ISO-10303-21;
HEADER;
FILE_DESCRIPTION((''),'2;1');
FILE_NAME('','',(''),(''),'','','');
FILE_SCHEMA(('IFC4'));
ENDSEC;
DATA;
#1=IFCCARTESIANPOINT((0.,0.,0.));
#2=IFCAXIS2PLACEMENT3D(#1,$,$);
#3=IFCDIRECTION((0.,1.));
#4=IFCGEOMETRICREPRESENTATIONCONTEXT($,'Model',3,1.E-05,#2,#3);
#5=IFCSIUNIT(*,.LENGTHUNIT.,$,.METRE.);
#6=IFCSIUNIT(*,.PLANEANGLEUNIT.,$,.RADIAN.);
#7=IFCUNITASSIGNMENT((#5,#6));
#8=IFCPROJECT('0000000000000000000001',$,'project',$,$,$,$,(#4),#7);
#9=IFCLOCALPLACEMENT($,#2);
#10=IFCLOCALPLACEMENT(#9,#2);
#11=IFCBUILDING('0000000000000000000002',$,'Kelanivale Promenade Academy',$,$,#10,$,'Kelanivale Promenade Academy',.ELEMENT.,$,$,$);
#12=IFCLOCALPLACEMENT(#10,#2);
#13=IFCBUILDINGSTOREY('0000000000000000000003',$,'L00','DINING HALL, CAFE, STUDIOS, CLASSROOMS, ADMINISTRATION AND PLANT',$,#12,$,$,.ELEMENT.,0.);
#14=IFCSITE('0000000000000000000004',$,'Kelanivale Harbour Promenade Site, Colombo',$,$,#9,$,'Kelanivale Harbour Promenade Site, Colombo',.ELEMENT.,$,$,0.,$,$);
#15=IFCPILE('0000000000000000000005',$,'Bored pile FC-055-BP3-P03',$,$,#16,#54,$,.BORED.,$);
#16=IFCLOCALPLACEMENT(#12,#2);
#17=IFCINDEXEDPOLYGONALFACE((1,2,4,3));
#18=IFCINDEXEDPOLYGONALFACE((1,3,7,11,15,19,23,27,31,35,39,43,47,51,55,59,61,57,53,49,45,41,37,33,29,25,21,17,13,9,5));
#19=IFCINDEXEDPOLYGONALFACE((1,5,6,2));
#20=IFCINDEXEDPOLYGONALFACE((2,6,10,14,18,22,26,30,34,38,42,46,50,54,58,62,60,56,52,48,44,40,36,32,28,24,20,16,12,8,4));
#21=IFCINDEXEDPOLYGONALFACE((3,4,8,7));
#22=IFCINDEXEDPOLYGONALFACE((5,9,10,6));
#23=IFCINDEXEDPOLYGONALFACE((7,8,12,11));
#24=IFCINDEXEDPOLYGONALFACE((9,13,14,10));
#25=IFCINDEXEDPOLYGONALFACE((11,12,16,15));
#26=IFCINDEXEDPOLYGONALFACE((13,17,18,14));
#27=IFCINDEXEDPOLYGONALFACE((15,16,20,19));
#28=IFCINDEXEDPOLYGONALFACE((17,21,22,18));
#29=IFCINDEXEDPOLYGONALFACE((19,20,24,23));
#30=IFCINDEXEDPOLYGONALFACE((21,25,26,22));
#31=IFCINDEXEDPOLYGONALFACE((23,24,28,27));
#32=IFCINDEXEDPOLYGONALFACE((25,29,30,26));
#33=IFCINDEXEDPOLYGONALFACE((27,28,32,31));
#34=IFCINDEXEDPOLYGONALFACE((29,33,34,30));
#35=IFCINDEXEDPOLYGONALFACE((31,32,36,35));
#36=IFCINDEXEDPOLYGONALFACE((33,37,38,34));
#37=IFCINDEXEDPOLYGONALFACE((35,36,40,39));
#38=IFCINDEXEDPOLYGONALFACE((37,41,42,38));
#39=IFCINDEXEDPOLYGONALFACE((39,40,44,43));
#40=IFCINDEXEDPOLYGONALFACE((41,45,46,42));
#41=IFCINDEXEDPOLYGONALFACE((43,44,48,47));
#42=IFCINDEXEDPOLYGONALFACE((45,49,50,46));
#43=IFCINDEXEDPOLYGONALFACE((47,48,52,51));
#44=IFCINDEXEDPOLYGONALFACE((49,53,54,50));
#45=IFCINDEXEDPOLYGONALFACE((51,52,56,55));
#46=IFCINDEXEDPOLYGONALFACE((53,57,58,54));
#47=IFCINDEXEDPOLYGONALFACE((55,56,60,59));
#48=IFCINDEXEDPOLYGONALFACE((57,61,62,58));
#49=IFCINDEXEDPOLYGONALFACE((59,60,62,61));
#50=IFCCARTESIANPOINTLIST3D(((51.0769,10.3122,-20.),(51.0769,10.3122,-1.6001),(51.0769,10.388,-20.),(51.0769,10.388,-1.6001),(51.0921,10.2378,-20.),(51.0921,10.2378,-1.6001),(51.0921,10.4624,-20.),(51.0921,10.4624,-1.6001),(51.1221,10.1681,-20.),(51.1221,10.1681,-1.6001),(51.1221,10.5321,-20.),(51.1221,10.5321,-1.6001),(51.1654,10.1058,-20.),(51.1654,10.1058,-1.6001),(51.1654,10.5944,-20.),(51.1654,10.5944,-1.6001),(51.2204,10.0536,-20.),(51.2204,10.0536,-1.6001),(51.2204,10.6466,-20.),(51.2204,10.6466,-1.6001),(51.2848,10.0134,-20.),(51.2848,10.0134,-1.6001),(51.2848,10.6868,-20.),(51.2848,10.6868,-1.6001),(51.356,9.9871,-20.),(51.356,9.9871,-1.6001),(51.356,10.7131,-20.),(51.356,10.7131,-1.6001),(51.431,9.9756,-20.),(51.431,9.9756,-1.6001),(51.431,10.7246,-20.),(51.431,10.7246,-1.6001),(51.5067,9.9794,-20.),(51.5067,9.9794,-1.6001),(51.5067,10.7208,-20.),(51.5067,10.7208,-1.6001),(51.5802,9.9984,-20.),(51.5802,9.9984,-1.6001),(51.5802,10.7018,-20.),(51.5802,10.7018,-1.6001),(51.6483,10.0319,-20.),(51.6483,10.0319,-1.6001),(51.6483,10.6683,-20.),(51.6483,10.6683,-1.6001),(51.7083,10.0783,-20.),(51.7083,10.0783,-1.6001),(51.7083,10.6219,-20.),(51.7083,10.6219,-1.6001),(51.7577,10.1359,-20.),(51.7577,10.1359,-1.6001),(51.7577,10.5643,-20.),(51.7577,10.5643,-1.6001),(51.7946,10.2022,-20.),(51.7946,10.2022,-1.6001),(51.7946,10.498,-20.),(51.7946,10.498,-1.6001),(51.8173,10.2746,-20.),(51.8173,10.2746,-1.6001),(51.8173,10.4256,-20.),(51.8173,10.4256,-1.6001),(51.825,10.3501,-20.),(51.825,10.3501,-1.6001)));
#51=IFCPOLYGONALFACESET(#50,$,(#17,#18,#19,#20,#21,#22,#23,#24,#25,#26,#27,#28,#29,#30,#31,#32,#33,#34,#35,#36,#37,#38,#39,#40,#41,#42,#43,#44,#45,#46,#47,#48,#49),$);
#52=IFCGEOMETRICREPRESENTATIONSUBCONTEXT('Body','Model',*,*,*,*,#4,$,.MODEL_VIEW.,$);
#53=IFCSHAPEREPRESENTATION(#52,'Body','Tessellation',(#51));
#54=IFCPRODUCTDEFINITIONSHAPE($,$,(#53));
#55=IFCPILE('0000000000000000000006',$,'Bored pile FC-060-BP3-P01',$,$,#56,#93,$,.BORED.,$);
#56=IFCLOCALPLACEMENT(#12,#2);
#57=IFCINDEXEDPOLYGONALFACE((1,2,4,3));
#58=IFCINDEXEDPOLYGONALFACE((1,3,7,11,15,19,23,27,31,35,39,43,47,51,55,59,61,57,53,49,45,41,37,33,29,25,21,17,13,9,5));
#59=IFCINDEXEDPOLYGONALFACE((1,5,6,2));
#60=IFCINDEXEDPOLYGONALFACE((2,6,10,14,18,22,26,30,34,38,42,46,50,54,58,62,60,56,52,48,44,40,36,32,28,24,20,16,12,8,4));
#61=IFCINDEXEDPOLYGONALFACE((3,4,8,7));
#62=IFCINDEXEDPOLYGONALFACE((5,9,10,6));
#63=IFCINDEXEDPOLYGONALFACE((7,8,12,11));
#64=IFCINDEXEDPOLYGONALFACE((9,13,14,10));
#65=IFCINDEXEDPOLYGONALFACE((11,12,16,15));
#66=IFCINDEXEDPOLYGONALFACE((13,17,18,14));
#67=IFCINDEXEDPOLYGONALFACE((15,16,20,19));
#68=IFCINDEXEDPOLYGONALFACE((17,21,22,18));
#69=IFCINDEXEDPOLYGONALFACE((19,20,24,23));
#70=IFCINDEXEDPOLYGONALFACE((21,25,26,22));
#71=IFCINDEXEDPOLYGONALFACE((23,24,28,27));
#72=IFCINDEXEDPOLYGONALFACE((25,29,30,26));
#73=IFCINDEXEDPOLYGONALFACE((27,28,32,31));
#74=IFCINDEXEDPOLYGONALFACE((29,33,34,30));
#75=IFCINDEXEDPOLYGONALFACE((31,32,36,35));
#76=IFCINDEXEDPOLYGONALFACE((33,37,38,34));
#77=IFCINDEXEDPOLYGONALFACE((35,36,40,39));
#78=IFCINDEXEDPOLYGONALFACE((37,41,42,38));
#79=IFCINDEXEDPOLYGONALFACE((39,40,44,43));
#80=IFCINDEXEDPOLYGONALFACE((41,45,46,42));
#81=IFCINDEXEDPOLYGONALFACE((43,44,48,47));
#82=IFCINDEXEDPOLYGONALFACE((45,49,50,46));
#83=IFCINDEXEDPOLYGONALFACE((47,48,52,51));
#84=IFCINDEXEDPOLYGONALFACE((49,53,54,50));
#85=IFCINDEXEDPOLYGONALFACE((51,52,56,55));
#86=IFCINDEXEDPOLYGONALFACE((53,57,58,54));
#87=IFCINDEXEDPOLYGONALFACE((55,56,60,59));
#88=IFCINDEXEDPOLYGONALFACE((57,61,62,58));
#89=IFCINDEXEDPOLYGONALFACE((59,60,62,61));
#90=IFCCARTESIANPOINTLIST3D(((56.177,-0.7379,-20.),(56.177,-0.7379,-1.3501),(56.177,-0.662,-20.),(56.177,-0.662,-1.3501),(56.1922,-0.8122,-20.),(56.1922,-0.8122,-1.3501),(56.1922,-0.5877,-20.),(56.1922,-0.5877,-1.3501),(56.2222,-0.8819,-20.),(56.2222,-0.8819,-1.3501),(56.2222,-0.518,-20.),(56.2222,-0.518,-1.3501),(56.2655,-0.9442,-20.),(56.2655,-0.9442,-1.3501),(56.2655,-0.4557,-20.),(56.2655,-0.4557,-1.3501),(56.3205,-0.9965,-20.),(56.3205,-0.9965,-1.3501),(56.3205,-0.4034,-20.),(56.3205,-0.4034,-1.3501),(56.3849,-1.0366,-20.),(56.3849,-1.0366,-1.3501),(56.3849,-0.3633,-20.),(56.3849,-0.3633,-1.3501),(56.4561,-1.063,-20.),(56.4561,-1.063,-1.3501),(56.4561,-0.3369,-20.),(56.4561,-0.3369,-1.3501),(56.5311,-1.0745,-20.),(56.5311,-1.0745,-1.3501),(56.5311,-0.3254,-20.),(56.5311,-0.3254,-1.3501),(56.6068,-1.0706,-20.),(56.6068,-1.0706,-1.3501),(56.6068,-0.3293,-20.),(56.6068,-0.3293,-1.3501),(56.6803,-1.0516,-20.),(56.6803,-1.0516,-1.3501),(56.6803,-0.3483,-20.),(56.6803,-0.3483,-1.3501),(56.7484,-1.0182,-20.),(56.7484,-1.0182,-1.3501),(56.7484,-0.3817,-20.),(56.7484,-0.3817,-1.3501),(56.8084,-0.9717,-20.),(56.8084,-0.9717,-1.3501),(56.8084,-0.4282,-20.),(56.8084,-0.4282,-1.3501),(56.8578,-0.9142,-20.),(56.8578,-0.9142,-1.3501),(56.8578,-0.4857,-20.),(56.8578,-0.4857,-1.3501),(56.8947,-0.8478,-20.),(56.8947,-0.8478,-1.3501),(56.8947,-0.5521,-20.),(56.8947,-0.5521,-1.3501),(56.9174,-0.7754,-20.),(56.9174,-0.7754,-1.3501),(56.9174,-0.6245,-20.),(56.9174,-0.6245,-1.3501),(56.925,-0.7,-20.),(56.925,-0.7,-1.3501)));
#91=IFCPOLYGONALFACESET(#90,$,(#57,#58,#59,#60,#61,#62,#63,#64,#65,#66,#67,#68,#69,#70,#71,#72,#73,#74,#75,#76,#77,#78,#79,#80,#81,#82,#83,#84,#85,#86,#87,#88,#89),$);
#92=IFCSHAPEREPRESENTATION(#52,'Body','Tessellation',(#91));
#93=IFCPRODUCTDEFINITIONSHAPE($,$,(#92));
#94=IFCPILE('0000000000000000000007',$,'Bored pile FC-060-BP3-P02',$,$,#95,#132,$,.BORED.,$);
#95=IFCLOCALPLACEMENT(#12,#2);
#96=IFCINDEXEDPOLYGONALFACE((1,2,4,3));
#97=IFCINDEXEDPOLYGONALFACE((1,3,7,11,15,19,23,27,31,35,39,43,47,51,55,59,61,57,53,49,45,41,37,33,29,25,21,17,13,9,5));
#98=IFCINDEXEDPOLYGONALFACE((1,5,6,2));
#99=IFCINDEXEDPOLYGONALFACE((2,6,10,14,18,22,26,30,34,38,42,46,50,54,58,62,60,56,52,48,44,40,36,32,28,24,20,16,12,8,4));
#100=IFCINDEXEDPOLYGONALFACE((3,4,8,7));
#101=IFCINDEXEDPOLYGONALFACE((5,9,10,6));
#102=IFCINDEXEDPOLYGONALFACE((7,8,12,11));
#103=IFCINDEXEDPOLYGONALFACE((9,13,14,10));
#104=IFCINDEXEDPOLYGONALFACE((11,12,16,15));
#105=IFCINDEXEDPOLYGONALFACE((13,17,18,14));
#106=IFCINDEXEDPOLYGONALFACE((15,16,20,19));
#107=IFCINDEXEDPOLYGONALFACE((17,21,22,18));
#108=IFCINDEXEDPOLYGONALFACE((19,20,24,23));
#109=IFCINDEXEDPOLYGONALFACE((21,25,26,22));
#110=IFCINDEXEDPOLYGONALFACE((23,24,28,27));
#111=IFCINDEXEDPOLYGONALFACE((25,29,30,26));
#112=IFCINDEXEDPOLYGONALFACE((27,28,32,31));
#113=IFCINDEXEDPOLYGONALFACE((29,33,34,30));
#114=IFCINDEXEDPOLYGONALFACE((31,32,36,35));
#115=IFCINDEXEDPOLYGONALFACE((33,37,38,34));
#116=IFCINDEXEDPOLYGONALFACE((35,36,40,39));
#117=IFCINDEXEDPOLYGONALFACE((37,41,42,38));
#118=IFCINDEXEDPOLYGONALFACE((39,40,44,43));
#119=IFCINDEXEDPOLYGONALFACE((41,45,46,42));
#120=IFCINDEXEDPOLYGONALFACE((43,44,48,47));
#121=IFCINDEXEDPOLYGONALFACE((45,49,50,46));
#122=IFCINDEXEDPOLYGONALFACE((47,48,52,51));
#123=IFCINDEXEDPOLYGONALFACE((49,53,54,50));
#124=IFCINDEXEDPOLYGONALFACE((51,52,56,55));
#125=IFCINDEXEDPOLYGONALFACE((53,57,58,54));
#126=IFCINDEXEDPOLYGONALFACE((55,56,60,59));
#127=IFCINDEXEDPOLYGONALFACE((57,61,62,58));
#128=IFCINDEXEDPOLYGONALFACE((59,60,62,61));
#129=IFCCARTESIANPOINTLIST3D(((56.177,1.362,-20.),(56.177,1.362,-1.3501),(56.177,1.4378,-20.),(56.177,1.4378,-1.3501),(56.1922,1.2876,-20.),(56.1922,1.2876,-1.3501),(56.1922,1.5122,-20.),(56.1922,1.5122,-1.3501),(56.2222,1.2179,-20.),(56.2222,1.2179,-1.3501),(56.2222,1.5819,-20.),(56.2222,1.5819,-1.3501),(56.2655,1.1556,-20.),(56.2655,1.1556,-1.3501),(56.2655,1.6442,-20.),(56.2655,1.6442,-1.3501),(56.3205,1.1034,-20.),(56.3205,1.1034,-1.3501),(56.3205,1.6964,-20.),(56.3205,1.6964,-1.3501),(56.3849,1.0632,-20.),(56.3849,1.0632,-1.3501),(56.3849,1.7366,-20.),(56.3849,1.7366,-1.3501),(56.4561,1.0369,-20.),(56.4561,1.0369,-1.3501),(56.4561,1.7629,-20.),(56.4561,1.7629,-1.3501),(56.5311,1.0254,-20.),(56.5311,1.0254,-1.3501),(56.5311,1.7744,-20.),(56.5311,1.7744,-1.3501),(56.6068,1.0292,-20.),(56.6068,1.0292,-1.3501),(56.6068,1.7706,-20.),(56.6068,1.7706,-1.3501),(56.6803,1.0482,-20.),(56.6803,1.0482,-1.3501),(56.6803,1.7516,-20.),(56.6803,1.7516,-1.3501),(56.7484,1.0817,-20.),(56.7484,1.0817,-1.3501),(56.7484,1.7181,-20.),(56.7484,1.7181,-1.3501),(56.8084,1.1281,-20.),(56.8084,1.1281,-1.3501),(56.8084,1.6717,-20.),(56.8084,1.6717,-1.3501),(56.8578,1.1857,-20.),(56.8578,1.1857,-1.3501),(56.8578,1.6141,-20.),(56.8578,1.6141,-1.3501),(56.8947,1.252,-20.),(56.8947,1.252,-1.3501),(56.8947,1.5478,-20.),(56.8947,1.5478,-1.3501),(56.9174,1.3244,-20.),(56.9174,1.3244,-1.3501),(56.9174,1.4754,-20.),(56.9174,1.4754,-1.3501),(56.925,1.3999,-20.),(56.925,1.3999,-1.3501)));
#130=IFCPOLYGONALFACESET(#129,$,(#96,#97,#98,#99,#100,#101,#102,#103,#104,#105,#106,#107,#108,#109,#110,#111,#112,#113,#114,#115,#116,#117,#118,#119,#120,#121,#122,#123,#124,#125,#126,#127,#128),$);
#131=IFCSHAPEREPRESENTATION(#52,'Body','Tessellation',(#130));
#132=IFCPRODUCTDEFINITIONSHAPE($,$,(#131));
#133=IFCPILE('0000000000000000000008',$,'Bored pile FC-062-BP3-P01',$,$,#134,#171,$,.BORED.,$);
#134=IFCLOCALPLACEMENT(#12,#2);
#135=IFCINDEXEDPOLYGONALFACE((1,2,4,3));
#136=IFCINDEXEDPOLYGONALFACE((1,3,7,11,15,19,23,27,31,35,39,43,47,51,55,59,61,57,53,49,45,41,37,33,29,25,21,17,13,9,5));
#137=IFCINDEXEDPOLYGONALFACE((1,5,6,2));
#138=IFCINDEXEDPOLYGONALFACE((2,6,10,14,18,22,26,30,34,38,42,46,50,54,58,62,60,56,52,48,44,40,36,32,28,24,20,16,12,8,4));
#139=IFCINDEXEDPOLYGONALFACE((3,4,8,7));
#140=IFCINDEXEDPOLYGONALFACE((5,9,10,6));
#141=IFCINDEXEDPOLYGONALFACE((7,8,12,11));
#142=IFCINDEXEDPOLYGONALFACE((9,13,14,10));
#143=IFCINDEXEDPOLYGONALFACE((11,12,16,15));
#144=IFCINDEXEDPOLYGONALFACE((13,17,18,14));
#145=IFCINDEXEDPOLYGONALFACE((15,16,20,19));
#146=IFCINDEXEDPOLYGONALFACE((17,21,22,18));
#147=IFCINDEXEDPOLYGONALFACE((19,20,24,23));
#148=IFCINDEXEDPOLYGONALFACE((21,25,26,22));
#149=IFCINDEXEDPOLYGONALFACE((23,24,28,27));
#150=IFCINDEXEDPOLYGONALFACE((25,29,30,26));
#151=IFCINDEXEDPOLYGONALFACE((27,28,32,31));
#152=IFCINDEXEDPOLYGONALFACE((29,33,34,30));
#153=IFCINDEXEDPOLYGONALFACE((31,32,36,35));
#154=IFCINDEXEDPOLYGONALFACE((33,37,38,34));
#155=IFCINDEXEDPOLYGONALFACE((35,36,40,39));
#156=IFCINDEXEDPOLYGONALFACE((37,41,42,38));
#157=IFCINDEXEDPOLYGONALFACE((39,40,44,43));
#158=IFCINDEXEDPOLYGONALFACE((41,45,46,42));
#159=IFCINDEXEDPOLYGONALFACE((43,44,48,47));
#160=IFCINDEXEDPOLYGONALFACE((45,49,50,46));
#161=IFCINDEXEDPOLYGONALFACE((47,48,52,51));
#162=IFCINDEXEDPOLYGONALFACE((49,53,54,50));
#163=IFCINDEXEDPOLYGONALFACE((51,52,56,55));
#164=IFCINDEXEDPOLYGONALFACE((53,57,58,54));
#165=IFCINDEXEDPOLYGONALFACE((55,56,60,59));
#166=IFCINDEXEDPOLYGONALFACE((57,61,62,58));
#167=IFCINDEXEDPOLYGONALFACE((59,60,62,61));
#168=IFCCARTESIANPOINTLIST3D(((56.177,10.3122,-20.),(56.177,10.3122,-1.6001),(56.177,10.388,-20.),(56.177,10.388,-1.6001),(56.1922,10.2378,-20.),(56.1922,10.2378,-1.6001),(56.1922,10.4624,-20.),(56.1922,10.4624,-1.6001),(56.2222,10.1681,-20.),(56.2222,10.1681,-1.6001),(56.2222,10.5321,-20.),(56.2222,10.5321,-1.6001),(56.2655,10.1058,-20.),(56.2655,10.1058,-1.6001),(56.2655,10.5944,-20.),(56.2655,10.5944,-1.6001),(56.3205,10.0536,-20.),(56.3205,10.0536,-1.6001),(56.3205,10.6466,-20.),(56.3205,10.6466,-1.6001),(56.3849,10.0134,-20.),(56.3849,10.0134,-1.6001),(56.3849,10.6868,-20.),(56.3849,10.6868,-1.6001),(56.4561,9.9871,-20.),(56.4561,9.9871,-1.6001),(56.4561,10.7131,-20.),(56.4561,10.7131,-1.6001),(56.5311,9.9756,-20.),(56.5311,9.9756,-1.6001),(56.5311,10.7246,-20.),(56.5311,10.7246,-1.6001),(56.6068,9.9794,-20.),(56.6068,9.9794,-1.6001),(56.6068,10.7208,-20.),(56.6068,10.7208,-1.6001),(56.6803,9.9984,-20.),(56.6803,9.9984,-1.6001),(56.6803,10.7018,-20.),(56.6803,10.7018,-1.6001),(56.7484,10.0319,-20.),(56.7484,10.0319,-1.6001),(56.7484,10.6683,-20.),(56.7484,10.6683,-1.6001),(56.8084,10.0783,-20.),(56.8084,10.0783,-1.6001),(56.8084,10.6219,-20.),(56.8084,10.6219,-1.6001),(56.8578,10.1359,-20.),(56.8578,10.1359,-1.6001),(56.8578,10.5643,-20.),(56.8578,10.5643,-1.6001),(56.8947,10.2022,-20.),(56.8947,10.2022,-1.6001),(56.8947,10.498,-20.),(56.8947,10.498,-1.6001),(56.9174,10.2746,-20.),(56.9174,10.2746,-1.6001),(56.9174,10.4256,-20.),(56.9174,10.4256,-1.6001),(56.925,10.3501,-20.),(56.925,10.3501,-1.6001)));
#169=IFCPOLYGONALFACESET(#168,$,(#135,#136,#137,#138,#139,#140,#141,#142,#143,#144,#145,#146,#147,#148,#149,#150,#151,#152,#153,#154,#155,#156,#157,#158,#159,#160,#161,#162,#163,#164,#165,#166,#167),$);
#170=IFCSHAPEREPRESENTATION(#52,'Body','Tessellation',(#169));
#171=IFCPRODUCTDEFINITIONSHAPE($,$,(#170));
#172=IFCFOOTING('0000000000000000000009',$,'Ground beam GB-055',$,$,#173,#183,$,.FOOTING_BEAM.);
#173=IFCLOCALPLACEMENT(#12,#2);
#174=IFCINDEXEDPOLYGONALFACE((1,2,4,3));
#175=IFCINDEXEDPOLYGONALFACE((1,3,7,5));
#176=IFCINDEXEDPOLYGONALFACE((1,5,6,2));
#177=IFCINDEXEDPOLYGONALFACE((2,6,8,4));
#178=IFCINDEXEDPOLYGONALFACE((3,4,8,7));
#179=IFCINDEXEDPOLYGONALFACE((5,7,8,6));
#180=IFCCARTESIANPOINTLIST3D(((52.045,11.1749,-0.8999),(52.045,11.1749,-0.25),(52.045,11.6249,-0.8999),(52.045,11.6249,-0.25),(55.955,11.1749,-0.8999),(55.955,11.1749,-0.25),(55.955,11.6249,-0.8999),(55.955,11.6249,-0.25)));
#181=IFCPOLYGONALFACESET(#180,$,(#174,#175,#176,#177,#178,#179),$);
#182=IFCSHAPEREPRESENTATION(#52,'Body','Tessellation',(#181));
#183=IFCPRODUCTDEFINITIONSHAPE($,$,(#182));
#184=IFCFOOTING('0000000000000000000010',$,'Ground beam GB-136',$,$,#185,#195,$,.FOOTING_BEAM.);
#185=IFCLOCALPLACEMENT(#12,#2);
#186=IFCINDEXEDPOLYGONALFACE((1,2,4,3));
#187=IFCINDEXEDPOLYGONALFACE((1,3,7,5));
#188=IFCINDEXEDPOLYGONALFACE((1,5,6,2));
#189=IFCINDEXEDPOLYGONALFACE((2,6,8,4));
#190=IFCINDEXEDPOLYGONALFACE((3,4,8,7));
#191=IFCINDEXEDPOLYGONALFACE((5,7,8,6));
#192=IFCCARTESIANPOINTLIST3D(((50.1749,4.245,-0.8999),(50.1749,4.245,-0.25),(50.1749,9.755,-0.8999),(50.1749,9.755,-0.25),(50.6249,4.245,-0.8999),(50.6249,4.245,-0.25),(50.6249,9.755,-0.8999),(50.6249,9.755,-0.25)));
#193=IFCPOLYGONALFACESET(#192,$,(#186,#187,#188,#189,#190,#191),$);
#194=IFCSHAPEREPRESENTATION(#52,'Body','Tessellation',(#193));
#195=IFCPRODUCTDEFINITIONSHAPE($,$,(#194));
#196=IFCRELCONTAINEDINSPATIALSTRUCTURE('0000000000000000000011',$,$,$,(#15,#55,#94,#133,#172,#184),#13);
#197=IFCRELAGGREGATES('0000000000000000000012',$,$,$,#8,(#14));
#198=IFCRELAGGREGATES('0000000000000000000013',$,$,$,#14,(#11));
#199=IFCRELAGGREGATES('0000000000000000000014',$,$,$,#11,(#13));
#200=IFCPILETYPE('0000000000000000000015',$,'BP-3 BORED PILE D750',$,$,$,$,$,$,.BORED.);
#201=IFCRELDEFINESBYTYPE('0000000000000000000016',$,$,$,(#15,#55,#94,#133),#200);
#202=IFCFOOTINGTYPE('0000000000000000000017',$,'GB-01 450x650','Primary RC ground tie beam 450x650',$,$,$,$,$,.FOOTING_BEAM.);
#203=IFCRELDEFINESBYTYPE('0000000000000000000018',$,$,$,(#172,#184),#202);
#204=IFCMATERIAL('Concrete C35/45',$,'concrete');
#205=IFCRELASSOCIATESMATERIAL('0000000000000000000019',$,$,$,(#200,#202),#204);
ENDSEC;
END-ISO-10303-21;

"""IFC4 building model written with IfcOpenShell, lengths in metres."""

from ifc_helpers import new_model, si_unit, direction, frame, origin, origin_2d, place, context, subcontext, project, spatial, rectangle, circle, extrude, material, material_profile, profile_set, type_object, element, save


model = new_model("IFC4")

# Units and contexts
model_context = context("Model", 3, precision=1e-05, world=origin(), true_north=direction((0.0, 1.0)))
body_context = subcontext(model_context, "Body", "Model", "MODEL_VIEW")
ifc_project = project(units=[si_unit("LENGTHUNIT", "METRE"), si_unit("PLANEANGLEUNIT", "RADIAN")], contexts=[model_context])

# Site, building, storey
site_placement = place(None, origin())
site = spatial("IfcSite", under=ifc_project, at=site_placement, Name="Kelanivale Harbour Promenade Site, Colombo", LongName="Kelanivale Harbour Promenade Site, Colombo", CompositionType="ELEMENT", RefElevation=0.0)
building_placement = place(site_placement, origin())
building = spatial("IfcBuilding", under=site, at=building_placement, Name="Kelanivale Promenade Academy", LongName="Kelanivale Promenade Academy", CompositionType="ELEMENT")
storey_placement = place(building_placement, origin())
storey = spatial("IfcBuildingStorey", under=building, at=storey_placement, Name="L00", Description="DINING HALL, CAFE, STUDIOS, CLASSROOMS, ADMINISTRATION AND PLANT", CompositionType="ELEMENT", Elevation=0.0)

# Piles
ifc_material_1 = material(Name="Concrete C35/45", Category="concrete")
ifc_material_profile_1 = material_profile(ifc_material_1, circle(Radius=0.375, at=origin_2d()), Name="BORED PILE D750")
ifc_profile_set_1 = profile_set([ifc_material_profile_1], Name="Concrete C35/45")
pile_type_1 = type_object("IfcPileType", Name="BP-3 BORED PILE D750", PredefinedType="BORED", material=ifc_profile_set_1)
pile_1_placement = place(storey_placement, frame((51.45, 10.3501, -1.6001), z_axis=(0.0, 0.0, -1.0), x_axis=(1.0, 0.0, 0.0)))
element("IfcPile", 1, at=pile_1_placement, inside=storey, type_object=pile_type_1, Name="Bored pile FC-055-BP3-P03", PredefinedType="BORED", context=body_context, shape_type="SweptSolid", body=[
    extrude(circle(Radius=0.375, at=origin_2d()), origin(), (0.0, 0.0, 1.0), 18.3999),
])
for number, where, z_axis, x_axis, name in (
    (2, (56.55, -0.7, -1.3501), (0.0, 0.0, -1.0), (1.0, 0.0, 0.0), "Bored pile FC-060-BP3-P01"),
    (3, (56.55, 1.3999, -1.3501), (0.0, 0.0, -1.0), (1.0, 0.0, 0.0), "Bored pile FC-060-BP3-P02"),
):
    element("IfcPile", number, at=place(storey_placement, frame(where, z_axis=z_axis, x_axis=x_axis)), inside=storey, type_object=pile_type_1, Name=name, PredefinedType="BORED", context=body_context, shape_type="SweptSolid", body=[
        extrude(circle(Radius=0.375, at=origin_2d()), origin(), (0.0, 0.0, 1.0), 18.6499),
    ])
pile_2_placement = place(storey_placement, frame((56.55, 10.3501, -1.6001), z_axis=(0.0, 0.0, -1.0), x_axis=(1.0, 0.0, 0.0)))
element("IfcPile", 4, at=pile_2_placement, inside=storey, type_object=pile_type_1, Name="Bored pile FC-062-BP3-P01", PredefinedType="BORED", context=body_context, shape_type="SweptSolid", body=[
    extrude(circle(Radius=0.375, at=origin_2d()), origin(), (0.0, 0.0, 1.0), 18.3999),
])

# Footings
footing_type_1 = type_object("IfcFootingType", Name="GB-01 450x650", Description="Primary RC ground tie beam 450x650", PredefinedType="FOOTING_BEAM", material=ifc_material_1)
footing_1_placement = place(storey_placement, frame((54.0, 11.3999, -0.8999), z_axis=(0.0, 0.0, 1.0), x_axis=(1.0, 0.0, 0.0)))
element("IfcFooting", 5, at=footing_1_placement, inside=storey, type_object=footing_type_1, Name="Ground beam GB-055", PredefinedType="FOOTING_BEAM", context=body_context, shape_type="SweptSolid", body=[
    extrude(rectangle(XDim=3.9099, YDim=0.45, at=origin_2d()), origin(), (0.0, 0.0, 1.0), 0.6499),
])
footing_2_placement = place(storey_placement, frame((50.3999, 7.0, -0.8999), z_axis=(0.0, 0.0, 1.0), x_axis=(0.0, 1.0, 0.0)))
element("IfcFooting", 6, at=footing_2_placement, inside=storey, type_object=footing_type_1, Name="Ground beam GB-136", PredefinedType="FOOTING_BEAM", context=body_context, shape_type="SweptSolid", body=[
    extrude(rectangle(XDim=5.51, YDim=0.45, at=origin_2d()), origin(), (0.0, 0.0, 1.0), 0.6499),
])

save(model, "model.ifc")
